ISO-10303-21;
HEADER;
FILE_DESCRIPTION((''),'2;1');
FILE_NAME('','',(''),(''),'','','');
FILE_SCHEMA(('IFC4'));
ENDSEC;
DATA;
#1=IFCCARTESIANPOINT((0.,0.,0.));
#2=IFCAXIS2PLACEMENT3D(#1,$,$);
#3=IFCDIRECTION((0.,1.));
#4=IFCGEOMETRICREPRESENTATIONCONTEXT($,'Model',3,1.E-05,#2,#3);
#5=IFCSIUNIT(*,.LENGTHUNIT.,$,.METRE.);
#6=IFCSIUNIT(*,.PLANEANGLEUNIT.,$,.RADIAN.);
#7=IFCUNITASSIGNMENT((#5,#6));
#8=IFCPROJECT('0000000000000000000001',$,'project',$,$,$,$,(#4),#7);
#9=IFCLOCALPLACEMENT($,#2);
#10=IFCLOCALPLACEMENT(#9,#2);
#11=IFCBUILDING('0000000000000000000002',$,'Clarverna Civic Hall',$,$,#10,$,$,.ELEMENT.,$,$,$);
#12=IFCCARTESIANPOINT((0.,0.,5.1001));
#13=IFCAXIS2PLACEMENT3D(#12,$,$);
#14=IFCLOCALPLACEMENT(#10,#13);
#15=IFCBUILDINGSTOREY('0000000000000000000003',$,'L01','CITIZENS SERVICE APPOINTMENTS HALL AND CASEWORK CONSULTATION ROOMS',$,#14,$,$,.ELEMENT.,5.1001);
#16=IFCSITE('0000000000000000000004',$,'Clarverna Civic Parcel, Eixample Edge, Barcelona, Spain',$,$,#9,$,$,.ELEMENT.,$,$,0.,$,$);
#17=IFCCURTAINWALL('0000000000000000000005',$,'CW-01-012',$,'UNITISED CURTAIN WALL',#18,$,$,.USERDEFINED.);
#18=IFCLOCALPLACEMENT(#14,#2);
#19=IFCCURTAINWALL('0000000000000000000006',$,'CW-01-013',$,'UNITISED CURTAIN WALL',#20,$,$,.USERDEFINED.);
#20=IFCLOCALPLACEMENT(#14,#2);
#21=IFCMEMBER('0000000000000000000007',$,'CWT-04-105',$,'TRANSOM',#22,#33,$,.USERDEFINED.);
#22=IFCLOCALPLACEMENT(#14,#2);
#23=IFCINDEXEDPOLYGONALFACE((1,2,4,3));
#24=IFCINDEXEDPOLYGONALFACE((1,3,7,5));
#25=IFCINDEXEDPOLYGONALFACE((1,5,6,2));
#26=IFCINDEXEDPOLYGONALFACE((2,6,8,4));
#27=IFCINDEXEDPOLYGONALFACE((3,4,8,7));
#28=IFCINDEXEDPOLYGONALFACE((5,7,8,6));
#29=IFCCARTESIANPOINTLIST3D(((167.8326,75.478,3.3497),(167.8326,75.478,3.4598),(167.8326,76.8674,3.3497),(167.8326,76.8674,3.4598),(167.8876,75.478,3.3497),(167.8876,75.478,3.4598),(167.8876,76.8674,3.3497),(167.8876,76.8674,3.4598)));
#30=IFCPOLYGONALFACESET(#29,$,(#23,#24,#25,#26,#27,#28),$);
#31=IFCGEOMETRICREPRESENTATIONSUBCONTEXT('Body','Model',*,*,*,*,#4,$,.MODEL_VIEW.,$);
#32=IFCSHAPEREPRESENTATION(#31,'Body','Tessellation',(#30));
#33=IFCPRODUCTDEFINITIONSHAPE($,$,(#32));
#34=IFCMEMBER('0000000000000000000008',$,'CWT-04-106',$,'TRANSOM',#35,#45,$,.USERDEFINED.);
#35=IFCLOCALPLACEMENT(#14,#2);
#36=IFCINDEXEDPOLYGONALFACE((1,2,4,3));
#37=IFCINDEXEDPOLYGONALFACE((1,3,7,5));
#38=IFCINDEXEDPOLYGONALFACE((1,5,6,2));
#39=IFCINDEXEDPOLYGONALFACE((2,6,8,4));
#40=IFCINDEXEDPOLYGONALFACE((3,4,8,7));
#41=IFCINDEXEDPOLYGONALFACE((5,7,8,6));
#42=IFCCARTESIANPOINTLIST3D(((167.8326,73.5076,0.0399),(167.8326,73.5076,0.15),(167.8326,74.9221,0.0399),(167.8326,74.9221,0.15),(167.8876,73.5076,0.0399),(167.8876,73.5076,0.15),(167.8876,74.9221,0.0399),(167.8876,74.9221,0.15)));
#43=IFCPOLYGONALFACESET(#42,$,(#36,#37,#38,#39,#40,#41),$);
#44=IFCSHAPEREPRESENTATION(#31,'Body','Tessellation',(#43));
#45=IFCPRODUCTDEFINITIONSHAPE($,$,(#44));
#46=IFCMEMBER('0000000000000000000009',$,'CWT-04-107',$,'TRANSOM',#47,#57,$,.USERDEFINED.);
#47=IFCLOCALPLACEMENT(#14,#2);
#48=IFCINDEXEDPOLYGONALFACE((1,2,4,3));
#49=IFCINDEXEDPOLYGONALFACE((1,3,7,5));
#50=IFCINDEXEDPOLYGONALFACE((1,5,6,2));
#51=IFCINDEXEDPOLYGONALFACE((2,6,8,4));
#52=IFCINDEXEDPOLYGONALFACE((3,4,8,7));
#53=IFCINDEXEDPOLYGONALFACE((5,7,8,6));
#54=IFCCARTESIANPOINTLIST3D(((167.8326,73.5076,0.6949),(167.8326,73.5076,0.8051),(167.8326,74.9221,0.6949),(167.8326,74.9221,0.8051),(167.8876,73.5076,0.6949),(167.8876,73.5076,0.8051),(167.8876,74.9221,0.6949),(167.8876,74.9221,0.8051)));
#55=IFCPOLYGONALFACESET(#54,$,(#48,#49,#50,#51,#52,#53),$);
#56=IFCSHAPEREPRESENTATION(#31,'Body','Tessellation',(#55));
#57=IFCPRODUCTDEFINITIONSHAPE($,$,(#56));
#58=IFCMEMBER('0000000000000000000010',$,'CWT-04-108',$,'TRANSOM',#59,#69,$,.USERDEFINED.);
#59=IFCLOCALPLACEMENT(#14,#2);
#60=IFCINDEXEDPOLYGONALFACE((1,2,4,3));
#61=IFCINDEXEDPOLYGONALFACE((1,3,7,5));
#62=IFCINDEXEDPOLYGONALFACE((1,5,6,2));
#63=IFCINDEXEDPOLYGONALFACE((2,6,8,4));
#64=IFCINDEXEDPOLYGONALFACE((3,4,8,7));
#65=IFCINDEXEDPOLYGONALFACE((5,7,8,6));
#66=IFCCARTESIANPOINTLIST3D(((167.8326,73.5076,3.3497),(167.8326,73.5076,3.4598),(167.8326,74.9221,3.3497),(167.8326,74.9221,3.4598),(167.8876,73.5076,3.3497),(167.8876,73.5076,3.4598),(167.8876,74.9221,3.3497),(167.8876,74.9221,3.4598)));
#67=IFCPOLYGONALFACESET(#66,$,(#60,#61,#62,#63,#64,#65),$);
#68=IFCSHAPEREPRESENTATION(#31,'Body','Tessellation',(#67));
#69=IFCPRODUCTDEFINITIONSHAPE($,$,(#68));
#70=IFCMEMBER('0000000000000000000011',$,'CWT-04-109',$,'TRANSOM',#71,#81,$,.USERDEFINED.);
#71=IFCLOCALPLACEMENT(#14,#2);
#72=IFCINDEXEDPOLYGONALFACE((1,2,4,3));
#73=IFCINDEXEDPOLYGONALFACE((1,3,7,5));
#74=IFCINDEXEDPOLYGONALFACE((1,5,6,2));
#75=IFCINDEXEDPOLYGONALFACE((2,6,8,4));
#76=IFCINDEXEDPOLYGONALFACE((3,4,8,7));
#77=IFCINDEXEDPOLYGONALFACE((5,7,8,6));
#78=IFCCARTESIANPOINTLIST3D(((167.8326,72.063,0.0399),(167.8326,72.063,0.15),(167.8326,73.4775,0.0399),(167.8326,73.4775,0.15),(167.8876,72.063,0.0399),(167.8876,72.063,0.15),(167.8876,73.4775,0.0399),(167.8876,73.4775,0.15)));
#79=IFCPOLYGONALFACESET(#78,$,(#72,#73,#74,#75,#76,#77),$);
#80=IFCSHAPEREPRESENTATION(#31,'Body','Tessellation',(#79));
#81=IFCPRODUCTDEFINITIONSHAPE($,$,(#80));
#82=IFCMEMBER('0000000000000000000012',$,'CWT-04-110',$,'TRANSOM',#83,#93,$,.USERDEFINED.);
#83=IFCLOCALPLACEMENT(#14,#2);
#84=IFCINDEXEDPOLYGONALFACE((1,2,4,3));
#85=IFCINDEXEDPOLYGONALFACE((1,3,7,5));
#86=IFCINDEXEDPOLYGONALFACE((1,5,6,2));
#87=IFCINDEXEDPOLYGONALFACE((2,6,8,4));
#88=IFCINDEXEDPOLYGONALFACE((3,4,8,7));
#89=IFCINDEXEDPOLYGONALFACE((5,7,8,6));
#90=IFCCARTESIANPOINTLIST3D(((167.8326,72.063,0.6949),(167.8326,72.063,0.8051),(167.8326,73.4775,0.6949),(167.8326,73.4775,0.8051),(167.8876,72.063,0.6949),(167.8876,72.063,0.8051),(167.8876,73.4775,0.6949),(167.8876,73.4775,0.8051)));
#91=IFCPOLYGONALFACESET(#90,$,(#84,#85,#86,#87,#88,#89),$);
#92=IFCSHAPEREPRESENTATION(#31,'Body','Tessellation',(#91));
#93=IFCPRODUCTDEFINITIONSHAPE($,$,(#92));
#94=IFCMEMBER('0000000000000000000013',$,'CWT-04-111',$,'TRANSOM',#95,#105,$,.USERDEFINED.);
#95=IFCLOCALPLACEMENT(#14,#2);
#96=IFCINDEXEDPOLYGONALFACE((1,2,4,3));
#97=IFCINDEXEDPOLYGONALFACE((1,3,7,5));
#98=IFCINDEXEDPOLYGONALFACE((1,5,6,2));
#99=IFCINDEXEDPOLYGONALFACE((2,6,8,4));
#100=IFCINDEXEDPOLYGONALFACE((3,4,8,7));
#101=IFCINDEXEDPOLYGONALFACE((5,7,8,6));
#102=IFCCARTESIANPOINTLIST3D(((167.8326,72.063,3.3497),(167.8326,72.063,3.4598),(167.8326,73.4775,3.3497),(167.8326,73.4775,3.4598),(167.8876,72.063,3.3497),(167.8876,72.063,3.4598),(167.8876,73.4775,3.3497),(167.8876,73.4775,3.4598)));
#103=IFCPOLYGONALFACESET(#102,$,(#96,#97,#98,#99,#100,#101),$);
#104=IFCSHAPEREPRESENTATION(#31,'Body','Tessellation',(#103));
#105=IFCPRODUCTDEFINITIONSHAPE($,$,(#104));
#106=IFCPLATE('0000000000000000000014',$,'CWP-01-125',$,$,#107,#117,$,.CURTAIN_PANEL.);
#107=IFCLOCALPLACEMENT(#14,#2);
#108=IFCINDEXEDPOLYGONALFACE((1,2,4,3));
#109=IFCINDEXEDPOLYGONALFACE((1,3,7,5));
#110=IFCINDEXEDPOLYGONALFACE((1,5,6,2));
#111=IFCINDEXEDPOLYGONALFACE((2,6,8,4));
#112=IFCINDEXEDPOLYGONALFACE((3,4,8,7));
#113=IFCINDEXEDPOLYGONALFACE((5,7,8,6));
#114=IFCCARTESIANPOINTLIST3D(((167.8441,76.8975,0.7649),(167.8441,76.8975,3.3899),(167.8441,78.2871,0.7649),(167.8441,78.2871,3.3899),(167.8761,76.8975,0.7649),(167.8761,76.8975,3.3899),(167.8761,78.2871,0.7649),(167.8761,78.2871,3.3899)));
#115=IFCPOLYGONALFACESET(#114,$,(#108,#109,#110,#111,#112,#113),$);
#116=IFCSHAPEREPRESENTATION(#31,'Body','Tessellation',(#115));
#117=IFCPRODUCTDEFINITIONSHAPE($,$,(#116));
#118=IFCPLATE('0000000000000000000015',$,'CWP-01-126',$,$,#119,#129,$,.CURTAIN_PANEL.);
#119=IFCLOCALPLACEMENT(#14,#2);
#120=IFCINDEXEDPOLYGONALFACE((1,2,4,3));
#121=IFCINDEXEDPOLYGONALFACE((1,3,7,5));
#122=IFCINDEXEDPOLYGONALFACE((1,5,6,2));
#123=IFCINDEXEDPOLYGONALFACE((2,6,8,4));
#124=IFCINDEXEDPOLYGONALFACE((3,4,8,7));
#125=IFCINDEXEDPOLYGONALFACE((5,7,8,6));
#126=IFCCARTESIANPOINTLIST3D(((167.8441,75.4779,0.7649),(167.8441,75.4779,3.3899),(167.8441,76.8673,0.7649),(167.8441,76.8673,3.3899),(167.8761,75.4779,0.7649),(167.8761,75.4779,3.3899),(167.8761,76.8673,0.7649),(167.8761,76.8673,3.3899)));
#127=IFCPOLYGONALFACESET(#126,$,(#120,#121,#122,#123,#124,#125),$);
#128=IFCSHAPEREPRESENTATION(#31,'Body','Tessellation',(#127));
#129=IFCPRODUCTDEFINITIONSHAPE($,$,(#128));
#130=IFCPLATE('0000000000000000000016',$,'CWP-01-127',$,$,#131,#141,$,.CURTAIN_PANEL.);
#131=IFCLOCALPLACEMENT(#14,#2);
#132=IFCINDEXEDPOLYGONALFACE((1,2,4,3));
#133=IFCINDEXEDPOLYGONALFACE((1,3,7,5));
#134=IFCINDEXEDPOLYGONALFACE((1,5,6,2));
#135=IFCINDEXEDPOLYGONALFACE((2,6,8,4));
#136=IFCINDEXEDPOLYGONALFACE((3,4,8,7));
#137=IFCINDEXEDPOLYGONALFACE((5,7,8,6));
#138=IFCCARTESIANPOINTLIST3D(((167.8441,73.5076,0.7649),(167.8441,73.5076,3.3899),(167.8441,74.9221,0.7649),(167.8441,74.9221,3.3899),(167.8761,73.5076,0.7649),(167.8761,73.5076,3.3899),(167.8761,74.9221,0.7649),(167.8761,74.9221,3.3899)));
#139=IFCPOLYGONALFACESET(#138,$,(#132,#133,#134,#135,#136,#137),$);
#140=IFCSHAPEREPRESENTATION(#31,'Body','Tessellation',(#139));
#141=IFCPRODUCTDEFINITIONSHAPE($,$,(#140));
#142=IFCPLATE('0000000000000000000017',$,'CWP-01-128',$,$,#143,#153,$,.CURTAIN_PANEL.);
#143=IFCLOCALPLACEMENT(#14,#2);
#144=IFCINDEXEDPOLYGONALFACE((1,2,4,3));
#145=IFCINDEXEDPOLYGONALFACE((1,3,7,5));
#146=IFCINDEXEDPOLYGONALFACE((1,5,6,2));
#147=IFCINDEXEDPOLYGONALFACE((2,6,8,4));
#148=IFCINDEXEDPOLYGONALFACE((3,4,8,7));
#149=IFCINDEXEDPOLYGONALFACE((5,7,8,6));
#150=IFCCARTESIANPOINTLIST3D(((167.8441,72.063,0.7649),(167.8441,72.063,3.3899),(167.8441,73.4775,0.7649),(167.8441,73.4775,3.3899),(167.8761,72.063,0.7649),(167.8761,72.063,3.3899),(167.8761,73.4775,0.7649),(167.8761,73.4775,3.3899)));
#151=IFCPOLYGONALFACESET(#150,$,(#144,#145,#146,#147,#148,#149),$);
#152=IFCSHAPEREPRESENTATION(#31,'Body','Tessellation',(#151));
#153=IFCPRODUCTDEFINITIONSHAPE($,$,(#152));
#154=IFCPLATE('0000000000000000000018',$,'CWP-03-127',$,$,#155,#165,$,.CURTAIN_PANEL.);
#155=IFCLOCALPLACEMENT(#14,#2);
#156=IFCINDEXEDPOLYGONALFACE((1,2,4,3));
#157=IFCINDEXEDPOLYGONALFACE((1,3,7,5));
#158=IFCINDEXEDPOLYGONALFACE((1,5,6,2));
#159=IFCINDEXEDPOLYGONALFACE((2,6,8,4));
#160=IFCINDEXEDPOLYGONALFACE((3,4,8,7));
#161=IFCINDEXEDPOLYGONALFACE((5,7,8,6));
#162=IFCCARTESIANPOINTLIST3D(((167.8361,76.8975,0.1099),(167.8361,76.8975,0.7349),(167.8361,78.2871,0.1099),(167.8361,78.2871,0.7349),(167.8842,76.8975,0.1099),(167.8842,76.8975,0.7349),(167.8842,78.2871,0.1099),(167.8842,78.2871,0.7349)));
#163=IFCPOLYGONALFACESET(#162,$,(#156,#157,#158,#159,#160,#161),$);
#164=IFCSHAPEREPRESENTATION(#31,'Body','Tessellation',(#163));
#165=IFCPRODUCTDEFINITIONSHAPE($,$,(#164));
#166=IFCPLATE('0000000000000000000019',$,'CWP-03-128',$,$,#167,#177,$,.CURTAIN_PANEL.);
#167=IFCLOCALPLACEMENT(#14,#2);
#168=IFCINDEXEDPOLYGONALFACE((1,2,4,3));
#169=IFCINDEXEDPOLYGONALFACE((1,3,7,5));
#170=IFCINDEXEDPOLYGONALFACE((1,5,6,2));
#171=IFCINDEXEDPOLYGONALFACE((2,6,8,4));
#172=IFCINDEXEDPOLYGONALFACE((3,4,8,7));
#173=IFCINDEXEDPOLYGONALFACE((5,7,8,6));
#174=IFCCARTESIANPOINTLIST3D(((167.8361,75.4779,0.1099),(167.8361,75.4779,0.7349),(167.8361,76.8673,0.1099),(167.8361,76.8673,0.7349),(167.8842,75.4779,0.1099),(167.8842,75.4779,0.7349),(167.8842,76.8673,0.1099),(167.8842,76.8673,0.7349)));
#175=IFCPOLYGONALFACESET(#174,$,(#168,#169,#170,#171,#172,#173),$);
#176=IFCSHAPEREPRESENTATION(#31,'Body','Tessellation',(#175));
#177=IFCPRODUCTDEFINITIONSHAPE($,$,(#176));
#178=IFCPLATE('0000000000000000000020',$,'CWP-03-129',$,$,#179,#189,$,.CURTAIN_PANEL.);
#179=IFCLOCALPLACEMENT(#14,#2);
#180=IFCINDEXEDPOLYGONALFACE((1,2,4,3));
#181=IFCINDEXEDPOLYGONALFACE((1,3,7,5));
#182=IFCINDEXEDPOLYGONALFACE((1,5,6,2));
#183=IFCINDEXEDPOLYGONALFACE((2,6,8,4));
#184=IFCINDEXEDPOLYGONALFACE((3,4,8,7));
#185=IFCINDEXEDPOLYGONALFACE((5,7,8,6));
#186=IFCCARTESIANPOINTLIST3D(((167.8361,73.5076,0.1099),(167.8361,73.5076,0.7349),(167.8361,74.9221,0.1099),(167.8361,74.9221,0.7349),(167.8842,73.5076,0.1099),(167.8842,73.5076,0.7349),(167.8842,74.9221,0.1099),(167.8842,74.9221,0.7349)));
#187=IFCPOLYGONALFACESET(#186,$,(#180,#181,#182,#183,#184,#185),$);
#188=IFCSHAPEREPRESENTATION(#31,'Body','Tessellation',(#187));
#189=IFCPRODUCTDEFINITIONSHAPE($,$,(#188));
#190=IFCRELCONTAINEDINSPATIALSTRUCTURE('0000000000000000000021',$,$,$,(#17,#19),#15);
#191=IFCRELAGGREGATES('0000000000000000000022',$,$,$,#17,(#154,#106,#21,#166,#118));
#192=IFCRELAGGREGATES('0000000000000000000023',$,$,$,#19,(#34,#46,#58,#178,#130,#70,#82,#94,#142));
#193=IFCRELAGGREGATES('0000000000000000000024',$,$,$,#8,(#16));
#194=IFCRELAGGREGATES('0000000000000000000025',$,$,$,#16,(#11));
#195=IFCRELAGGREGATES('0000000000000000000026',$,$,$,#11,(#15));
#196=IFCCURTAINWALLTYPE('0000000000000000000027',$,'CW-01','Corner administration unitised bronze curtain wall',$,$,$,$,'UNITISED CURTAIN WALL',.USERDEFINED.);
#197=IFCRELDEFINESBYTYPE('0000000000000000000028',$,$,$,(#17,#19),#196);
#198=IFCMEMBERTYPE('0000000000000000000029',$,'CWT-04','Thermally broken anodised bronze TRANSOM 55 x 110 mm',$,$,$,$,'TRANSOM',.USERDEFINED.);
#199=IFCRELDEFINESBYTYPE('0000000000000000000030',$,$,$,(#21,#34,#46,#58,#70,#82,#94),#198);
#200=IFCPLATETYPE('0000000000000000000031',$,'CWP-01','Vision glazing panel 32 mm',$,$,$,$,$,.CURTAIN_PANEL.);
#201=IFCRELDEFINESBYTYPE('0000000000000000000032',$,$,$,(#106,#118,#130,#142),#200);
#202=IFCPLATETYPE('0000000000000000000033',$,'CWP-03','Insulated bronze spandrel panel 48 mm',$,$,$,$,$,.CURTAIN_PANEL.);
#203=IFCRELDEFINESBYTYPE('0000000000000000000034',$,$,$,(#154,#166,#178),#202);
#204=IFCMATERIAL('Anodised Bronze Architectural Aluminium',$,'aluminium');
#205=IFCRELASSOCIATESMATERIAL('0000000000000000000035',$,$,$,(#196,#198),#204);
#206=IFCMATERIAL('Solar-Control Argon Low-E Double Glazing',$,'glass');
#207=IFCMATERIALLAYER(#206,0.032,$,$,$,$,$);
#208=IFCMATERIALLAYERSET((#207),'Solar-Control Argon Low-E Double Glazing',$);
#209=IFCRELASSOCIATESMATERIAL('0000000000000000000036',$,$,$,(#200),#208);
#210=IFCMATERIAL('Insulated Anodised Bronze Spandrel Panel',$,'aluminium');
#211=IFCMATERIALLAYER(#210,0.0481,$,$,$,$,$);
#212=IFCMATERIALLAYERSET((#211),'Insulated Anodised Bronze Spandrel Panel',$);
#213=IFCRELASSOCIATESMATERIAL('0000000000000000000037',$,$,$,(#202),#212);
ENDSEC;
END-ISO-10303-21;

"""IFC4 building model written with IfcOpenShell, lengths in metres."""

from ifc_helpers import new_model, si_unit, direction, frame, frame_2d, origin, origin_2d, place, context, subcontext, project, spatial, rectangle, extrude, material, layer, layer_set, material_profile, profile_set, type_object, element, aggregate, save


model = new_model("IFC4")

# Units and contexts
model_context = context("Model", 3, precision=1e-05, world=origin(), true_north=direction((0.0, 1.0)))
body_context = subcontext(model_context, "Body", "Model", "MODEL_VIEW")
ifc_project = project(units=[si_unit("LENGTHUNIT", "METRE"), si_unit("PLANEANGLEUNIT", "RADIAN")], contexts=[model_context])

# Site, building, storey
site_placement = place(None, origin())
site = spatial("IfcSite", under=ifc_project, at=site_placement, Name="Clarverna Civic Parcel, Eixample Edge, Barcelona, Spain", CompositionType="ELEMENT", RefElevation=0.0)
building_placement = place(site_placement, origin())
building = spatial("IfcBuilding", under=site, at=building_placement, Name="Clarverna Civic Hall", CompositionType="ELEMENT")
storey_placement = place(building_placement, frame((0.0, 0.0, 5.1001)))
storey = spatial("IfcBuildingStorey", under=building, at=storey_placement, Name="L01", Description="CITIZENS SERVICE APPOINTMENTS HALL AND CASEWORK CONSULTATION ROOMS", CompositionType="ELEMENT", Elevation=5.1001)

# Curtain walls
ifc_material_1 = material(Name="Anodised Bronze Architectural Aluminium", Category="aluminium")
curtain_wall_type = type_object("IfcCurtainWallType", Name="CW-01", Description="Corner administration unitised bronze curtain wall", ElementType="UNITISED CURTAIN WALL", PredefinedType="USERDEFINED", material=ifc_material_1)
curtain_wall_1_placement = place(storey_placement, origin())
curtain_wall_1 = element("IfcCurtainWall", 1, at=curtain_wall_1_placement, inside=storey, type_object=curtain_wall_type, Name="CW-01-012", ObjectType="UNITISED CURTAIN WALL", PredefinedType="USERDEFINED")
curtain_wall_2_placement = place(storey_placement, origin())
curtain_wall_2 = element("IfcCurtainWall", 2, at=curtain_wall_2_placement, inside=storey, type_object=curtain_wall_type, Name="CW-01-013", ObjectType="UNITISED CURTAIN WALL", PredefinedType="USERDEFINED")

# Members
ifc_material_profile_1 = material_profile(ifc_material_1, rectangle(XDim=0.0549, YDim=0.1101, at=origin_2d()), Name="BRONZE 55x110")
ifc_profile_set_1 = profile_set([ifc_material_profile_1], Name="Anodised Bronze Architectural Aluminium")
member_type_1 = type_object("IfcMemberType", Name="CWT-04", Description="Thermally broken anodised bronze TRANSOM 55 x 110 mm", ElementType="TRANSOM", PredefinedType="USERDEFINED", material=ifc_profile_set_1)
member_1_placement = place(storey_placement, frame((167.8601, 76.8674, 3.4048), z_axis=(0.0, -1.0, 0.0), x_axis=(1.0, 0.0, 0.0)))
member_1 = element("IfcMember", 3, at=member_1_placement, type_object=member_type_1, Name="CWT-04-105", ObjectType="TRANSOM", PredefinedType="USERDEFINED", context=body_context, shape_type="SweptSolid", body=[
    extrude(rectangle(XDim=0.0549, YDim=0.1101, at=origin_2d()), origin(), (0.0, 0.0, 1.0), 1.3894),
])
member_2_placement = place(storey_placement, frame((167.8601, 74.9221, 0.095), z_axis=(0.0, -1.0, 0.0), x_axis=(1.0, 0.0, 0.0)))
member_2 = element("IfcMember", 4, at=member_2_placement, type_object=member_type_1, Name="CWT-04-106", ObjectType="TRANSOM", PredefinedType="USERDEFINED", context=body_context, shape_type="SweptSolid", body=[
    extrude(rectangle(XDim=0.0549, YDim=0.1101, at=origin_2d()), origin(), (0.0, 0.0, 1.0), 1.4146),
])
member_3_placement = place(storey_placement, frame((167.8601, 74.9221, 0.75), z_axis=(0.0, -1.0, 0.0), x_axis=(1.0, 0.0, 0.0)))
member_3 = element("IfcMember", 5, at=member_3_placement, type_object=member_type_1, Name="CWT-04-107", ObjectType="TRANSOM", PredefinedType="USERDEFINED", context=body_context, shape_type="SweptSolid", body=[
    extrude(rectangle(XDim=0.0549, YDim=0.1101, at=origin_2d()), origin(), (0.0, 0.0, 1.0), 1.4146),
])
member_4_placement = place(storey_placement, frame((167.8601, 74.9221, 3.4048), z_axis=(0.0, -1.0, 0.0), x_axis=(1.0, 0.0, 0.0)))
member_4 = element("IfcMember", 6, at=member_4_placement, type_object=member_type_1, Name="CWT-04-108", ObjectType="TRANSOM", PredefinedType="USERDEFINED", context=body_context, shape_type="SweptSolid", body=[
    extrude(rectangle(XDim=0.0549, YDim=0.1101, at=origin_2d()), origin(), (0.0, 0.0, 1.0), 1.4146),
])
member_5_placement = place(storey_placement, frame((167.8601, 73.4775, 0.095), z_axis=(0.0, -1.0, 0.0), x_axis=(1.0, 0.0, 0.0)))
member_5 = element("IfcMember", 7, at=member_5_placement, type_object=member_type_1, Name="CWT-04-109", ObjectType="TRANSOM", PredefinedType="USERDEFINED", context=body_context, shape_type="SweptSolid", body=[
    extrude(rectangle(XDim=0.0549, YDim=0.1101, at=origin_2d()), origin(), (0.0, 0.0, 1.0), 1.4146),
])
member_6_placement = place(storey_placement, frame((167.8601, 73.4775, 0.75), z_axis=(0.0, -1.0, 0.0), x_axis=(1.0, 0.0, 0.0)))
member_6 = element("IfcMember", 8, at=member_6_placement, type_object=member_type_1, Name="CWT-04-110", ObjectType="TRANSOM", PredefinedType="USERDEFINED", context=body_context, shape_type="SweptSolid", body=[
    extrude(rectangle(XDim=0.0549, YDim=0.1101, at=origin_2d()), origin(), (0.0, 0.0, 1.0), 1.4146),
])
member_7_placement = place(storey_placement, frame((167.8601, 73.4775, 3.4048), z_axis=(0.0, -1.0, 0.0), x_axis=(1.0, 0.0, 0.0)))
member_7 = element("IfcMember", 9, at=member_7_placement, type_object=member_type_1, Name="CWT-04-111", ObjectType="TRANSOM", PredefinedType="USERDEFINED", context=body_context, shape_type="SweptSolid", body=[
    extrude(rectangle(XDim=0.0549, YDim=0.1101, at=origin_2d()), origin(), (0.0, 0.0, 1.0), 1.4146),
])

# Plates
ifc_material_2 = material(Name="Solar-Control Argon Low-E Double Glazing", Category="glass")
ifc_layer_1 = layer(ifc_material_2, 0.032)
ifc_layer_set_1 = layer_set([ifc_layer_1], Name="Solar-Control Argon Low-E Double Glazing")
plate_type_1 = type_object("IfcPlateType", Name="CWP-01", Description="Vision glazing panel 32 mm", PredefinedType="CURTAIN_PANEL", material=ifc_layer_set_1)
plate_1_placement = place(storey_placement, frame((167.8601, 78.2871, 0.7649), z_axis=(0.0, 0.0, 1.0), x_axis=(0.0, -1.0, 0.0)))
plate_1 = element("IfcPlate", 10, at=plate_1_placement, type_object=plate_type_1, Name="CWP-01-125", PredefinedType="CURTAIN_PANEL", context=body_context, shape_type="SweptSolid", body=[
    extrude(rectangle(XDim=1.3896, YDim=0.032, at=frame_2d((0.6948, 0.0))), origin(), (0.0, 0.0, 1.0), 2.625),
])
plate_2_placement = place(storey_placement, frame((167.8601, 76.8674, 0.7649), z_axis=(0.0, 0.0, 1.0), x_axis=(0.0, -1.0, 0.0)))
plate_2 = element("IfcPlate", 11, at=plate_2_placement, type_object=plate_type_1, Name="CWP-01-126", PredefinedType="CURTAIN_PANEL", context=body_context, shape_type="SweptSolid", body=[
    extrude(rectangle(XDim=1.3894, YDim=0.032, at=frame_2d((0.6948, 0.0))), origin(), (0.0, 0.0, 1.0), 2.625),
])
plate_3_placement = place(storey_placement, frame((167.8601, 74.9221, 0.7649), z_axis=(0.0, 0.0, 1.0), x_axis=(0.0, -1.0, 0.0)))
plate_3 = element("IfcPlate", 12, at=plate_3_placement, type_object=plate_type_1, Name="CWP-01-127", PredefinedType="CURTAIN_PANEL", context=body_context, shape_type="SweptSolid", body=[
    extrude(rectangle(XDim=1.4146, YDim=0.032, at=frame_2d((0.7073, 0.0))), origin(), (0.0, 0.0, 1.0), 2.625),
])
plate_4_placement = place(storey_placement, frame((167.8601, 73.4775, 0.7649), z_axis=(0.0, 0.0, 1.0), x_axis=(0.0, -1.0, 0.0)))
plate_4 = element("IfcPlate", 13, at=plate_4_placement, type_object=plate_type_1, Name="CWP-01-128", PredefinedType="CURTAIN_PANEL", context=body_context, shape_type="SweptSolid", body=[
    extrude(rectangle(XDim=1.4146, YDim=0.032, at=frame_2d((0.7073, 0.0))), origin(), (0.0, 0.0, 1.0), 2.625),
])
ifc_material_3 = material(Name="Insulated Anodised Bronze Spandrel Panel", Category="aluminium")
ifc_layer_2 = layer(ifc_material_3, 0.0481)
ifc_layer_set_2 = layer_set([ifc_layer_2], Name="Insulated Anodised Bronze Spandrel Panel")
plate_type_2 = type_object("IfcPlateType", Name="CWP-03", Description="Insulated bronze spandrel panel 48 mm", PredefinedType="CURTAIN_PANEL", material=ifc_layer_set_2)
plate_5_placement = place(storey_placement, frame((167.8601, 78.2871, 0.1099), z_axis=(0.0, 0.0, 1.0), x_axis=(0.0, -1.0, 0.0)))
plate_5 = element("IfcPlate", 14, at=plate_5_placement, type_object=plate_type_2, Name="CWP-03-127", PredefinedType="CURTAIN_PANEL", context=body_context, shape_type="SweptSolid", body=[
    extrude(rectangle(XDim=1.3896, YDim=0.0481, at=frame_2d((0.6948, 0.0))), origin(), (0.0, 0.0, 1.0), 0.625),
])
plate_6_placement = place(storey_placement, frame((167.8601, 76.8674, 0.1099), z_axis=(0.0, 0.0, 1.0), x_axis=(0.0, -1.0, 0.0)))
plate_6 = element("IfcPlate", 15, at=plate_6_placement, type_object=plate_type_2, Name="CWP-03-128", PredefinedType="CURTAIN_PANEL", context=body_context, shape_type="SweptSolid", body=[
    extrude(rectangle(XDim=1.3894, YDim=0.0481, at=frame_2d((0.6948, 0.0))), origin(), (0.0, 0.0, 1.0), 0.625),
])
aggregate(curtain_wall_1, [plate_5, plate_1, member_1, plate_6, plate_2])
plate_7_placement = place(storey_placement, frame((167.8601, 74.9221, 0.1099), z_axis=(0.0, 0.0, 1.0), x_axis=(0.0, -1.0, 0.0)))
plate_7 = element("IfcPlate", 16, at=plate_7_placement, type_object=plate_type_2, Name="CWP-03-129", PredefinedType="CURTAIN_PANEL", context=body_context, shape_type="SweptSolid", body=[
    extrude(rectangle(XDim=1.4146, YDim=0.0481, at=frame_2d((0.7073, 0.0))), origin(), (0.0, 0.0, 1.0), 0.625),
])
aggregate(curtain_wall_2, [member_2, member_3, member_4, plate_7, plate_3, member_5, member_6, member_7, plate_4])

save(model, "model.ifc")
